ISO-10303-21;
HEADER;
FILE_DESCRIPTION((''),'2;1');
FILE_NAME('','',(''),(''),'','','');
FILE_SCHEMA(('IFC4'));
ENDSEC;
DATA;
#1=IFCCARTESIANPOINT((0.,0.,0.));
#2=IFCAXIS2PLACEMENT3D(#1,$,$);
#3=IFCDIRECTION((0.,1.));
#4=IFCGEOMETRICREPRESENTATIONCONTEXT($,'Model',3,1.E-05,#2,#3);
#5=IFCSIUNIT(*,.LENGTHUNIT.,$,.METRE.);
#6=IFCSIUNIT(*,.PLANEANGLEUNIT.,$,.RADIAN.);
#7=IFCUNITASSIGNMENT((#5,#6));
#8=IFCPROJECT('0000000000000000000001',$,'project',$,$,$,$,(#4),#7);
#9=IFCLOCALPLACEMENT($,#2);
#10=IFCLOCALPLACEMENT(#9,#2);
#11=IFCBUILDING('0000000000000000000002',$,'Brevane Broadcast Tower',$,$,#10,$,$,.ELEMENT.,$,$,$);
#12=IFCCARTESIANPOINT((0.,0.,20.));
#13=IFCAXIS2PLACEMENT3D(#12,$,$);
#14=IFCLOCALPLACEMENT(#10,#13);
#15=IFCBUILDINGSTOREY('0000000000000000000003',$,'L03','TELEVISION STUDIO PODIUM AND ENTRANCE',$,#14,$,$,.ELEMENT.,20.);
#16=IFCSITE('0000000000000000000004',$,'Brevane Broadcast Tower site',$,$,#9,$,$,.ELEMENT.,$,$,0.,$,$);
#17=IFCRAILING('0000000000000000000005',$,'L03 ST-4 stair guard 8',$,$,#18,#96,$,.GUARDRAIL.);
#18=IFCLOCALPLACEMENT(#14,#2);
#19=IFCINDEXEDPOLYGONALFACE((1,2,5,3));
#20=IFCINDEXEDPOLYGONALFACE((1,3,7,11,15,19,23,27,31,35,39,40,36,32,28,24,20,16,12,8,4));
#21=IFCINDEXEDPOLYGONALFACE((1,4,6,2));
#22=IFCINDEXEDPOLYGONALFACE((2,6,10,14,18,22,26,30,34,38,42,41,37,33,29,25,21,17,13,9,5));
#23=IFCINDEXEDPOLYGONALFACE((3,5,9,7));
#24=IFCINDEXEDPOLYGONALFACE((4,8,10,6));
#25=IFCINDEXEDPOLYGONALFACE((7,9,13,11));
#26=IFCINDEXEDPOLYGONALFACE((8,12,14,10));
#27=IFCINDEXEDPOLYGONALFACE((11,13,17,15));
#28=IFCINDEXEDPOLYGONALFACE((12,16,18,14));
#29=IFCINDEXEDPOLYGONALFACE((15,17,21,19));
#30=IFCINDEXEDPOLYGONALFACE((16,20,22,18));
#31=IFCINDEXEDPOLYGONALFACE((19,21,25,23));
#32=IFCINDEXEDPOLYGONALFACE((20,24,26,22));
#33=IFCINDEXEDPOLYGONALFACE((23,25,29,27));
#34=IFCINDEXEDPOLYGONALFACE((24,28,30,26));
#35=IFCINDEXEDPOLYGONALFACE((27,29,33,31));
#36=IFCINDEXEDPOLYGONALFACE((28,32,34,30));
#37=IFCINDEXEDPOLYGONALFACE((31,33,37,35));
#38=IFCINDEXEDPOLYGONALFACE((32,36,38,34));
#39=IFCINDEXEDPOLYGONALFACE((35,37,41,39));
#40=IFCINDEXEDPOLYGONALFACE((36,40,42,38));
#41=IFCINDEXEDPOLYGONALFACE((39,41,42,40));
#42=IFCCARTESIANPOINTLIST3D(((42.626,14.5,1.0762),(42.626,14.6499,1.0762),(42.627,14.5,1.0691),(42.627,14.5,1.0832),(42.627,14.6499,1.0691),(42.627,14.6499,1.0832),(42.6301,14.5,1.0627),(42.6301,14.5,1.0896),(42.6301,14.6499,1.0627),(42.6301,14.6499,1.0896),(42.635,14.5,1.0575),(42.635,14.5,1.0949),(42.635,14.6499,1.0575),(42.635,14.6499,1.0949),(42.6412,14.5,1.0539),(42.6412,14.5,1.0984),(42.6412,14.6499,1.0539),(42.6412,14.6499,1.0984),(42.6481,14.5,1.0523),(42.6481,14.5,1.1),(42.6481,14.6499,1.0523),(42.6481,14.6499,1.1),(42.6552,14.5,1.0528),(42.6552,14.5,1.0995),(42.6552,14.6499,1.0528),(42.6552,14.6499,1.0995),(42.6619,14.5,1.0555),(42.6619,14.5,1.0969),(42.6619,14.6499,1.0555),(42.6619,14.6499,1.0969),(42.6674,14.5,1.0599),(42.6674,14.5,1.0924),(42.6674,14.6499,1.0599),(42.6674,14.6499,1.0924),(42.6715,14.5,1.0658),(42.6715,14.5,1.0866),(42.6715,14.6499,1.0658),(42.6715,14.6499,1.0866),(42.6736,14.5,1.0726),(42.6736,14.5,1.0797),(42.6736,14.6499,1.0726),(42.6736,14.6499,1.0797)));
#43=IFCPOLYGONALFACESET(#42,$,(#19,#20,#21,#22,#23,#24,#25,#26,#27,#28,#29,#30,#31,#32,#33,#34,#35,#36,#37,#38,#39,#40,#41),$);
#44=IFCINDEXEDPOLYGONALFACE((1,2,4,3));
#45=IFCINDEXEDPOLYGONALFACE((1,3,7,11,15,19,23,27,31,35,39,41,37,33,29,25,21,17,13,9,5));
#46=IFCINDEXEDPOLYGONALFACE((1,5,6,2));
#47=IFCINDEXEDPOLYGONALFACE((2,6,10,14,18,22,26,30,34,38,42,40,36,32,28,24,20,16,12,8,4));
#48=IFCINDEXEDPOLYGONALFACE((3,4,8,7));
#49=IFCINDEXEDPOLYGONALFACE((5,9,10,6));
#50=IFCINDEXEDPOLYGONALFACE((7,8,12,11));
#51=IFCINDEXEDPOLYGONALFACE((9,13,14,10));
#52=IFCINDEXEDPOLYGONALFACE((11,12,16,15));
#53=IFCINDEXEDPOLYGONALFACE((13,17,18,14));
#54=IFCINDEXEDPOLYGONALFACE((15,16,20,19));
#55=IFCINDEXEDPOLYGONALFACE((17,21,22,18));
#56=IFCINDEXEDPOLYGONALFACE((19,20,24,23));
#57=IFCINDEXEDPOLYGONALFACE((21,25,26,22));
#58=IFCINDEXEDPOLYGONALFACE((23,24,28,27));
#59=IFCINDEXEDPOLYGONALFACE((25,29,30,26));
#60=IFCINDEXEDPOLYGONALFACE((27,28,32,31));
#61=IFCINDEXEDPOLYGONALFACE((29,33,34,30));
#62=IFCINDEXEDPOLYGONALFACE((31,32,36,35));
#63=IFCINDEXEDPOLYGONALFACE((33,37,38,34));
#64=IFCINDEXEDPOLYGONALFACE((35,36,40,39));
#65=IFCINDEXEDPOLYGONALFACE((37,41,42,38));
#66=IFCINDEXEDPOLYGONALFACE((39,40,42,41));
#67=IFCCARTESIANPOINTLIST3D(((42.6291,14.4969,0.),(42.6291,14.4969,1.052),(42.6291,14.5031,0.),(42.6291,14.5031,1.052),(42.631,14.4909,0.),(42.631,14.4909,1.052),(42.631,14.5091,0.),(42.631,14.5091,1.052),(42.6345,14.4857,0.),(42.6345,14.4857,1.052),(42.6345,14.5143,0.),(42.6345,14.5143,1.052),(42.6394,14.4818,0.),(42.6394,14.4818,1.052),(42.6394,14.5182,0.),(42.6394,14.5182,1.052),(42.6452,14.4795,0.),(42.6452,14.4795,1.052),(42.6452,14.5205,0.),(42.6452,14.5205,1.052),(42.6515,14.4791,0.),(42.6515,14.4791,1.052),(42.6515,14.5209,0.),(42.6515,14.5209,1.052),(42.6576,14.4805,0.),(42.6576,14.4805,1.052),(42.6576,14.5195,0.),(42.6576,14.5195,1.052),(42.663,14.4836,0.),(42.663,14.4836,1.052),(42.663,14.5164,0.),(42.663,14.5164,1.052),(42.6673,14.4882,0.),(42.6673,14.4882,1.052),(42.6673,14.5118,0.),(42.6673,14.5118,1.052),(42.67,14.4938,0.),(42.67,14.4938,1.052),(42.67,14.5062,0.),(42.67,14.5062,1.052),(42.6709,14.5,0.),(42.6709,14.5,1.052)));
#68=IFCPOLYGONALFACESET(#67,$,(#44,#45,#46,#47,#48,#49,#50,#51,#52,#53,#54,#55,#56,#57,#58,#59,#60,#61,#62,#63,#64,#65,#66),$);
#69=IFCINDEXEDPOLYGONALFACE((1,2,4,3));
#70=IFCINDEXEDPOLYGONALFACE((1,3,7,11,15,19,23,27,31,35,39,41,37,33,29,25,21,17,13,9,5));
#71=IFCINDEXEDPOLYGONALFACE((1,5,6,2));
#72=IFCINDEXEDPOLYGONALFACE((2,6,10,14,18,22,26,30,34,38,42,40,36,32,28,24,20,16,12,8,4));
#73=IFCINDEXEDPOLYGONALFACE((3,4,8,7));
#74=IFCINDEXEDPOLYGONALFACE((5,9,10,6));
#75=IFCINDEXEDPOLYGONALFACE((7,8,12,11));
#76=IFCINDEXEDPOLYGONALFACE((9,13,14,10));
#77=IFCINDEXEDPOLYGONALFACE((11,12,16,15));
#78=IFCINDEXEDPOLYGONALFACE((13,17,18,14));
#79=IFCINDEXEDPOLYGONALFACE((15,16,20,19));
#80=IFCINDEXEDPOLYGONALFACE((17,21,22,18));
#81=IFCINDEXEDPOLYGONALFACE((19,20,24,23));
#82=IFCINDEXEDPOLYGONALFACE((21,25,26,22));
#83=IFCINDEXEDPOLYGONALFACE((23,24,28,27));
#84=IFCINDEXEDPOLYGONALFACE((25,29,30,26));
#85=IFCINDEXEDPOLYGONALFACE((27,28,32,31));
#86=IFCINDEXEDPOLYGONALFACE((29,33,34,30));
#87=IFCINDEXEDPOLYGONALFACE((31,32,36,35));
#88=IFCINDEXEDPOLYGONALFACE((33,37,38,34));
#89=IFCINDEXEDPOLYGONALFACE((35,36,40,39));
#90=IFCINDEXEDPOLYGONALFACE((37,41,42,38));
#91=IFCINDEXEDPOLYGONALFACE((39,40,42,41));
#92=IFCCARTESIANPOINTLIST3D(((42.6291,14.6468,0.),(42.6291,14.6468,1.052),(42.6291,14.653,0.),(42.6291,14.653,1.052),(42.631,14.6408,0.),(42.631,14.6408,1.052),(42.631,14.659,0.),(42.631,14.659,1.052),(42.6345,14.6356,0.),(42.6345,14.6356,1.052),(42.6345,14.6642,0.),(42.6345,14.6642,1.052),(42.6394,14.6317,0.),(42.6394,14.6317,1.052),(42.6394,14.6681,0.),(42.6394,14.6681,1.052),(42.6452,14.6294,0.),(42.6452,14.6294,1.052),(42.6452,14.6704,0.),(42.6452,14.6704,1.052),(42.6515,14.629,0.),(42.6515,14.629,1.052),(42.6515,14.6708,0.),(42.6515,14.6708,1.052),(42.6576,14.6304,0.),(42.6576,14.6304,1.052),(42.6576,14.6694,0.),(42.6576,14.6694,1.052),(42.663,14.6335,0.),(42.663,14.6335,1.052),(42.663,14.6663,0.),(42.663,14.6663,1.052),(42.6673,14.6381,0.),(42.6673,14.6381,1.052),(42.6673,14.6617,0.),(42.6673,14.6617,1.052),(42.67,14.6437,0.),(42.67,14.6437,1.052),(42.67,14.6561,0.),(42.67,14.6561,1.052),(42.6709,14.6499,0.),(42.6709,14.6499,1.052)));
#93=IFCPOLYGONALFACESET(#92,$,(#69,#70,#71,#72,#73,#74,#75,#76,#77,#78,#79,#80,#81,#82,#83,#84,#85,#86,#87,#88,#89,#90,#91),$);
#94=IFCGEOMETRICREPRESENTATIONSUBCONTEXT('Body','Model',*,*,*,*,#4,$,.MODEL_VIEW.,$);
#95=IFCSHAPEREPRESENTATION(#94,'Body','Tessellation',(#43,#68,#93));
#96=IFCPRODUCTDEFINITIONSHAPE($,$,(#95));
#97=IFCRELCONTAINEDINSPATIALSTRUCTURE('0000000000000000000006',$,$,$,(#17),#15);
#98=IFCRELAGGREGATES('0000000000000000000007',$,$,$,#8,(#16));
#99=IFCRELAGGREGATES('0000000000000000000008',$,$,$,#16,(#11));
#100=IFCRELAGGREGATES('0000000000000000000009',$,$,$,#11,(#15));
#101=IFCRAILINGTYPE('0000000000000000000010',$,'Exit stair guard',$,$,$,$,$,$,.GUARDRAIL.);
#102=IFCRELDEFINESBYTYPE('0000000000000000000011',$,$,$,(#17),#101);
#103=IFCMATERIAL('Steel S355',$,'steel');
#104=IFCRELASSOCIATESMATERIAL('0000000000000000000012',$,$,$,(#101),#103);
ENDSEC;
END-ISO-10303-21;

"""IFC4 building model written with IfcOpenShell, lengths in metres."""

from ifc_helpers import new_model, si_unit, direction, frame, origin, origin_2d, place, context, subcontext, project, spatial, circle, extrude, material, type_object, element, save


model = new_model("IFC4")

# Units and contexts
model_context = context("Model", 3, precision=1e-05, world=origin(), true_north=direction((0.0, 1.0)))
body_context = subcontext(model_context, "Body", "Model", "MODEL_VIEW")
ifc_project = project(units=[si_unit("LENGTHUNIT", "METRE"), si_unit("PLANEANGLEUNIT", "RADIAN")], contexts=[model_context])

# Site, building, storey
site_placement = place(None, origin())
site = spatial("IfcSite", under=ifc_project, at=site_placement, Name="Brevane Broadcast Tower site", CompositionType="ELEMENT", RefElevation=0.0)
building_placement = place(site_placement, origin())
building = spatial("IfcBuilding", under=site, at=building_placement, Name="Brevane Broadcast Tower", CompositionType="ELEMENT")
storey_placement = place(building_placement, frame((0.0, 0.0, 20.0)))
storey = spatial("IfcBuildingStorey", under=building, at=storey_placement, Name="L03", Description="TELEVISION STUDIO PODIUM AND ENTRANCE", CompositionType="ELEMENT", Elevation=20.0)

# Railing
ifc_material_1 = material(Name="Steel S355", Category="steel")
railing_type_1 = type_object("IfcRailingType", Name="Exit stair guard", PredefinedType="GUARDRAIL", material=ifc_material_1)
railing_1_placement = place(storey_placement, frame((42.6499, 14.5, 0.0)))
element("IfcRailing", 1, at=railing_1_placement, inside=storey, type_object=railing_type_1, Name="L03 ST-4 stair guard 8", PredefinedType="GUARDRAIL", context=body_context, shape_type="SweptSolid", body=[
    extrude(circle(Radius=0.0239, at=origin_2d()), frame((0.0, 0.0, 1.0762), z_axis=(0.0, 1.0, 0.0), x_axis=(-1.0, 0.0, 0.0)), (0.0, 0.0, 1.0), 0.1499),
    extrude(circle(Radius=0.021, at=origin_2d()), origin(), (0.0, 0.0, 1.0), 1.052),
    extrude(circle(Radius=0.021, at=origin_2d()), frame((0.0, 0.1499, 0.0)), (0.0, 0.0, 1.0), 1.052),
])

save(model, "model.ifc")
